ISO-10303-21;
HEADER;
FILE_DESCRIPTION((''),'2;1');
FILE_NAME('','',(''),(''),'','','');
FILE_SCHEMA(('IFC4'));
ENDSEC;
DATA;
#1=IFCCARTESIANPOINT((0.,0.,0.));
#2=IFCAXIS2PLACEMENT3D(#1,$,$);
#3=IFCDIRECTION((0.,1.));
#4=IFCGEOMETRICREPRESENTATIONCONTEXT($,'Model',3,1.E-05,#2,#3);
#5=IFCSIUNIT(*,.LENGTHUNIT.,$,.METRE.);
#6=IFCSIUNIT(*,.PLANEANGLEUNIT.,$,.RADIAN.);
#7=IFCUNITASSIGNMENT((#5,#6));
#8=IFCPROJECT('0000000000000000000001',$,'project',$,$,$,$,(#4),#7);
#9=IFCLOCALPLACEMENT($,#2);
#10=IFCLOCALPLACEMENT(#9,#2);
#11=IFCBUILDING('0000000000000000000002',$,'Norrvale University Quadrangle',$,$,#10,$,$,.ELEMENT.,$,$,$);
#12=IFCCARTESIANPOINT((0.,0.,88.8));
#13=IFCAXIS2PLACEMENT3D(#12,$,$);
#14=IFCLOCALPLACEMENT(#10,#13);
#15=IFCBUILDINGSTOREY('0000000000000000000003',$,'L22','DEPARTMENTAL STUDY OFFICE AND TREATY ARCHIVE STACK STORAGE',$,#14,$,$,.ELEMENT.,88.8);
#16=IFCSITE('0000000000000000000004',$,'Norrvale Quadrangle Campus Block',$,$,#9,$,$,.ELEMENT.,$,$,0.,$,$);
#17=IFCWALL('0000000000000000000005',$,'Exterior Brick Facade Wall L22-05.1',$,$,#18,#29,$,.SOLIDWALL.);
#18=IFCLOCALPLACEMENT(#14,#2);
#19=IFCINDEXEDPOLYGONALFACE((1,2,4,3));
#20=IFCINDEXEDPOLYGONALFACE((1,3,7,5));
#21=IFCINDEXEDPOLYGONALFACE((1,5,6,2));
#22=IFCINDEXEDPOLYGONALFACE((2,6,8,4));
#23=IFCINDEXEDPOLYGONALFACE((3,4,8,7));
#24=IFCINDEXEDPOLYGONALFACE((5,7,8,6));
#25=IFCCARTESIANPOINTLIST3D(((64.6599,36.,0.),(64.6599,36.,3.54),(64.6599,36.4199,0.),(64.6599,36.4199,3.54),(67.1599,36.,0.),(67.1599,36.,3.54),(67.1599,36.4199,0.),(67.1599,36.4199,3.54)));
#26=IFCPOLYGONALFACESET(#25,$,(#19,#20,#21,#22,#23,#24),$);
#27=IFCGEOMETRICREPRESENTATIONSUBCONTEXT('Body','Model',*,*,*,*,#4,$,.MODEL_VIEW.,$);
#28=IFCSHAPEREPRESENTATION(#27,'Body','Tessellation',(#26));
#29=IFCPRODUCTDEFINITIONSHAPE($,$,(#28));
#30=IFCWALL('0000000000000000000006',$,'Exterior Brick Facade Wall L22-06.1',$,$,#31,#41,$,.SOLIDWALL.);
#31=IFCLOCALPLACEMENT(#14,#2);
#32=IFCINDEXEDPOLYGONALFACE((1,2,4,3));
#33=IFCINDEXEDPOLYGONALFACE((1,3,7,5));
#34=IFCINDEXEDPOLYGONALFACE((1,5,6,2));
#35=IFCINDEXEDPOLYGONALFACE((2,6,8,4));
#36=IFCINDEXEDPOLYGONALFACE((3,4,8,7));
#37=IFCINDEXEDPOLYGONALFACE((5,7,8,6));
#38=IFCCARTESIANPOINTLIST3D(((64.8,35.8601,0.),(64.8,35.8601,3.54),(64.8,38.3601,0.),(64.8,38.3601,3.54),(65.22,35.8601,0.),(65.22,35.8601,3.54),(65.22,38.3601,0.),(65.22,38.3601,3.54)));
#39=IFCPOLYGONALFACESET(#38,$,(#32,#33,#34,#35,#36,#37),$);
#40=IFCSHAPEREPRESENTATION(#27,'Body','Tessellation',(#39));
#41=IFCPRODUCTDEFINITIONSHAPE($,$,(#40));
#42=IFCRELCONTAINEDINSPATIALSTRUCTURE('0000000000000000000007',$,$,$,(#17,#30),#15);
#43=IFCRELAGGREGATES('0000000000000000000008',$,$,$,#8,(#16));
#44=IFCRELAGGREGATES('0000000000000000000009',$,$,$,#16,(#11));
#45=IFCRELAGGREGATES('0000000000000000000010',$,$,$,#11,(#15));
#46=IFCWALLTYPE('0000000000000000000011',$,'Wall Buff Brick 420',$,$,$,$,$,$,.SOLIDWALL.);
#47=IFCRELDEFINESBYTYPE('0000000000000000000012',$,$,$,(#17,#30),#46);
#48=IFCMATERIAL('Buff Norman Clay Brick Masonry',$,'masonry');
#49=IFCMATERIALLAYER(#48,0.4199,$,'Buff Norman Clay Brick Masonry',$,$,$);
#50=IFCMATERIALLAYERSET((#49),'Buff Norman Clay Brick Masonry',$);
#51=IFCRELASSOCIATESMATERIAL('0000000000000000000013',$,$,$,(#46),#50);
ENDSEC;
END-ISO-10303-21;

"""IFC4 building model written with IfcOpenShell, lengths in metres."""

from ifc_helpers import new_model, si_unit, direction, frame, frame_2d, origin, place, context, subcontext, project, spatial, rectangle, extrude, material, layer, layer_set, type_object, element, save


model = new_model("IFC4")

# Units and contexts
model_context = context("Model", 3, precision=1e-05, world=origin(), true_north=direction((0.0, 1.0)))
body_context = subcontext(model_context, "Body", "Model", "MODEL_VIEW")
ifc_project = project(units=[si_unit("LENGTHUNIT", "METRE"), si_unit("PLANEANGLEUNIT", "RADIAN")], contexts=[model_context])

# Site, building, storey
site_placement = place(None, origin())
site = spatial("IfcSite", under=ifc_project, at=site_placement, Name="Norrvale Quadrangle Campus Block", CompositionType="ELEMENT", RefElevation=0.0)
building_placement = place(site_placement, origin())
building = spatial("IfcBuilding", under=site, at=building_placement, Name="Norrvale University Quadrangle", CompositionType="ELEMENT")
storey_placement = place(building_placement, frame((0.0, 0.0, 88.8)))
storey = spatial("IfcBuildingStorey", under=building, at=storey_placement, Name="L22", Description="DEPARTMENTAL STUDY OFFICE AND TREATY ARCHIVE STACK STORAGE", CompositionType="ELEMENT", Elevation=88.8)

# Walls
ifc_material_1 = material(Name="Buff Norman Clay Brick Masonry", Category="masonry")
ifc_layer = layer(ifc_material_1, 0.4199, Name="Buff Norman Clay Brick Masonry")
ifc_layer_set = layer_set([ifc_layer], Name="Buff Norman Clay Brick Masonry")
wall_type = type_object("IfcWallType", Name="Wall Buff Brick 420", PredefinedType="SOLIDWALL", material=ifc_layer_set)
for number, where, z_axis, x_axis, name in (
    (1, (67.1599, 36.21, 0.0), (0.0, 0.0, 1.0), (-1.0, 0.0, 0.0), "Exterior Brick Facade Wall L22-05.1"),
    (2, (65.01, 35.8601, 0.0), (0.0, 0.0, 1.0), (0.0, 1.0, 0.0), "Exterior Brick Facade Wall L22-06.1"),
):
    element("IfcWall", number, at=place(storey_placement, frame(where, z_axis=z_axis, x_axis=x_axis)), inside=storey, type_object=wall_type, Name=name, PredefinedType="SOLIDWALL", context=body_context, shape_type="SweptSolid", body=[
        extrude(rectangle(XDim=2.5, YDim=0.4199, at=frame_2d((1.25, 0.0))), origin(), (0.0, 0.0, 1.0), 3.54),
    ])

save(model, "model.ifc")
